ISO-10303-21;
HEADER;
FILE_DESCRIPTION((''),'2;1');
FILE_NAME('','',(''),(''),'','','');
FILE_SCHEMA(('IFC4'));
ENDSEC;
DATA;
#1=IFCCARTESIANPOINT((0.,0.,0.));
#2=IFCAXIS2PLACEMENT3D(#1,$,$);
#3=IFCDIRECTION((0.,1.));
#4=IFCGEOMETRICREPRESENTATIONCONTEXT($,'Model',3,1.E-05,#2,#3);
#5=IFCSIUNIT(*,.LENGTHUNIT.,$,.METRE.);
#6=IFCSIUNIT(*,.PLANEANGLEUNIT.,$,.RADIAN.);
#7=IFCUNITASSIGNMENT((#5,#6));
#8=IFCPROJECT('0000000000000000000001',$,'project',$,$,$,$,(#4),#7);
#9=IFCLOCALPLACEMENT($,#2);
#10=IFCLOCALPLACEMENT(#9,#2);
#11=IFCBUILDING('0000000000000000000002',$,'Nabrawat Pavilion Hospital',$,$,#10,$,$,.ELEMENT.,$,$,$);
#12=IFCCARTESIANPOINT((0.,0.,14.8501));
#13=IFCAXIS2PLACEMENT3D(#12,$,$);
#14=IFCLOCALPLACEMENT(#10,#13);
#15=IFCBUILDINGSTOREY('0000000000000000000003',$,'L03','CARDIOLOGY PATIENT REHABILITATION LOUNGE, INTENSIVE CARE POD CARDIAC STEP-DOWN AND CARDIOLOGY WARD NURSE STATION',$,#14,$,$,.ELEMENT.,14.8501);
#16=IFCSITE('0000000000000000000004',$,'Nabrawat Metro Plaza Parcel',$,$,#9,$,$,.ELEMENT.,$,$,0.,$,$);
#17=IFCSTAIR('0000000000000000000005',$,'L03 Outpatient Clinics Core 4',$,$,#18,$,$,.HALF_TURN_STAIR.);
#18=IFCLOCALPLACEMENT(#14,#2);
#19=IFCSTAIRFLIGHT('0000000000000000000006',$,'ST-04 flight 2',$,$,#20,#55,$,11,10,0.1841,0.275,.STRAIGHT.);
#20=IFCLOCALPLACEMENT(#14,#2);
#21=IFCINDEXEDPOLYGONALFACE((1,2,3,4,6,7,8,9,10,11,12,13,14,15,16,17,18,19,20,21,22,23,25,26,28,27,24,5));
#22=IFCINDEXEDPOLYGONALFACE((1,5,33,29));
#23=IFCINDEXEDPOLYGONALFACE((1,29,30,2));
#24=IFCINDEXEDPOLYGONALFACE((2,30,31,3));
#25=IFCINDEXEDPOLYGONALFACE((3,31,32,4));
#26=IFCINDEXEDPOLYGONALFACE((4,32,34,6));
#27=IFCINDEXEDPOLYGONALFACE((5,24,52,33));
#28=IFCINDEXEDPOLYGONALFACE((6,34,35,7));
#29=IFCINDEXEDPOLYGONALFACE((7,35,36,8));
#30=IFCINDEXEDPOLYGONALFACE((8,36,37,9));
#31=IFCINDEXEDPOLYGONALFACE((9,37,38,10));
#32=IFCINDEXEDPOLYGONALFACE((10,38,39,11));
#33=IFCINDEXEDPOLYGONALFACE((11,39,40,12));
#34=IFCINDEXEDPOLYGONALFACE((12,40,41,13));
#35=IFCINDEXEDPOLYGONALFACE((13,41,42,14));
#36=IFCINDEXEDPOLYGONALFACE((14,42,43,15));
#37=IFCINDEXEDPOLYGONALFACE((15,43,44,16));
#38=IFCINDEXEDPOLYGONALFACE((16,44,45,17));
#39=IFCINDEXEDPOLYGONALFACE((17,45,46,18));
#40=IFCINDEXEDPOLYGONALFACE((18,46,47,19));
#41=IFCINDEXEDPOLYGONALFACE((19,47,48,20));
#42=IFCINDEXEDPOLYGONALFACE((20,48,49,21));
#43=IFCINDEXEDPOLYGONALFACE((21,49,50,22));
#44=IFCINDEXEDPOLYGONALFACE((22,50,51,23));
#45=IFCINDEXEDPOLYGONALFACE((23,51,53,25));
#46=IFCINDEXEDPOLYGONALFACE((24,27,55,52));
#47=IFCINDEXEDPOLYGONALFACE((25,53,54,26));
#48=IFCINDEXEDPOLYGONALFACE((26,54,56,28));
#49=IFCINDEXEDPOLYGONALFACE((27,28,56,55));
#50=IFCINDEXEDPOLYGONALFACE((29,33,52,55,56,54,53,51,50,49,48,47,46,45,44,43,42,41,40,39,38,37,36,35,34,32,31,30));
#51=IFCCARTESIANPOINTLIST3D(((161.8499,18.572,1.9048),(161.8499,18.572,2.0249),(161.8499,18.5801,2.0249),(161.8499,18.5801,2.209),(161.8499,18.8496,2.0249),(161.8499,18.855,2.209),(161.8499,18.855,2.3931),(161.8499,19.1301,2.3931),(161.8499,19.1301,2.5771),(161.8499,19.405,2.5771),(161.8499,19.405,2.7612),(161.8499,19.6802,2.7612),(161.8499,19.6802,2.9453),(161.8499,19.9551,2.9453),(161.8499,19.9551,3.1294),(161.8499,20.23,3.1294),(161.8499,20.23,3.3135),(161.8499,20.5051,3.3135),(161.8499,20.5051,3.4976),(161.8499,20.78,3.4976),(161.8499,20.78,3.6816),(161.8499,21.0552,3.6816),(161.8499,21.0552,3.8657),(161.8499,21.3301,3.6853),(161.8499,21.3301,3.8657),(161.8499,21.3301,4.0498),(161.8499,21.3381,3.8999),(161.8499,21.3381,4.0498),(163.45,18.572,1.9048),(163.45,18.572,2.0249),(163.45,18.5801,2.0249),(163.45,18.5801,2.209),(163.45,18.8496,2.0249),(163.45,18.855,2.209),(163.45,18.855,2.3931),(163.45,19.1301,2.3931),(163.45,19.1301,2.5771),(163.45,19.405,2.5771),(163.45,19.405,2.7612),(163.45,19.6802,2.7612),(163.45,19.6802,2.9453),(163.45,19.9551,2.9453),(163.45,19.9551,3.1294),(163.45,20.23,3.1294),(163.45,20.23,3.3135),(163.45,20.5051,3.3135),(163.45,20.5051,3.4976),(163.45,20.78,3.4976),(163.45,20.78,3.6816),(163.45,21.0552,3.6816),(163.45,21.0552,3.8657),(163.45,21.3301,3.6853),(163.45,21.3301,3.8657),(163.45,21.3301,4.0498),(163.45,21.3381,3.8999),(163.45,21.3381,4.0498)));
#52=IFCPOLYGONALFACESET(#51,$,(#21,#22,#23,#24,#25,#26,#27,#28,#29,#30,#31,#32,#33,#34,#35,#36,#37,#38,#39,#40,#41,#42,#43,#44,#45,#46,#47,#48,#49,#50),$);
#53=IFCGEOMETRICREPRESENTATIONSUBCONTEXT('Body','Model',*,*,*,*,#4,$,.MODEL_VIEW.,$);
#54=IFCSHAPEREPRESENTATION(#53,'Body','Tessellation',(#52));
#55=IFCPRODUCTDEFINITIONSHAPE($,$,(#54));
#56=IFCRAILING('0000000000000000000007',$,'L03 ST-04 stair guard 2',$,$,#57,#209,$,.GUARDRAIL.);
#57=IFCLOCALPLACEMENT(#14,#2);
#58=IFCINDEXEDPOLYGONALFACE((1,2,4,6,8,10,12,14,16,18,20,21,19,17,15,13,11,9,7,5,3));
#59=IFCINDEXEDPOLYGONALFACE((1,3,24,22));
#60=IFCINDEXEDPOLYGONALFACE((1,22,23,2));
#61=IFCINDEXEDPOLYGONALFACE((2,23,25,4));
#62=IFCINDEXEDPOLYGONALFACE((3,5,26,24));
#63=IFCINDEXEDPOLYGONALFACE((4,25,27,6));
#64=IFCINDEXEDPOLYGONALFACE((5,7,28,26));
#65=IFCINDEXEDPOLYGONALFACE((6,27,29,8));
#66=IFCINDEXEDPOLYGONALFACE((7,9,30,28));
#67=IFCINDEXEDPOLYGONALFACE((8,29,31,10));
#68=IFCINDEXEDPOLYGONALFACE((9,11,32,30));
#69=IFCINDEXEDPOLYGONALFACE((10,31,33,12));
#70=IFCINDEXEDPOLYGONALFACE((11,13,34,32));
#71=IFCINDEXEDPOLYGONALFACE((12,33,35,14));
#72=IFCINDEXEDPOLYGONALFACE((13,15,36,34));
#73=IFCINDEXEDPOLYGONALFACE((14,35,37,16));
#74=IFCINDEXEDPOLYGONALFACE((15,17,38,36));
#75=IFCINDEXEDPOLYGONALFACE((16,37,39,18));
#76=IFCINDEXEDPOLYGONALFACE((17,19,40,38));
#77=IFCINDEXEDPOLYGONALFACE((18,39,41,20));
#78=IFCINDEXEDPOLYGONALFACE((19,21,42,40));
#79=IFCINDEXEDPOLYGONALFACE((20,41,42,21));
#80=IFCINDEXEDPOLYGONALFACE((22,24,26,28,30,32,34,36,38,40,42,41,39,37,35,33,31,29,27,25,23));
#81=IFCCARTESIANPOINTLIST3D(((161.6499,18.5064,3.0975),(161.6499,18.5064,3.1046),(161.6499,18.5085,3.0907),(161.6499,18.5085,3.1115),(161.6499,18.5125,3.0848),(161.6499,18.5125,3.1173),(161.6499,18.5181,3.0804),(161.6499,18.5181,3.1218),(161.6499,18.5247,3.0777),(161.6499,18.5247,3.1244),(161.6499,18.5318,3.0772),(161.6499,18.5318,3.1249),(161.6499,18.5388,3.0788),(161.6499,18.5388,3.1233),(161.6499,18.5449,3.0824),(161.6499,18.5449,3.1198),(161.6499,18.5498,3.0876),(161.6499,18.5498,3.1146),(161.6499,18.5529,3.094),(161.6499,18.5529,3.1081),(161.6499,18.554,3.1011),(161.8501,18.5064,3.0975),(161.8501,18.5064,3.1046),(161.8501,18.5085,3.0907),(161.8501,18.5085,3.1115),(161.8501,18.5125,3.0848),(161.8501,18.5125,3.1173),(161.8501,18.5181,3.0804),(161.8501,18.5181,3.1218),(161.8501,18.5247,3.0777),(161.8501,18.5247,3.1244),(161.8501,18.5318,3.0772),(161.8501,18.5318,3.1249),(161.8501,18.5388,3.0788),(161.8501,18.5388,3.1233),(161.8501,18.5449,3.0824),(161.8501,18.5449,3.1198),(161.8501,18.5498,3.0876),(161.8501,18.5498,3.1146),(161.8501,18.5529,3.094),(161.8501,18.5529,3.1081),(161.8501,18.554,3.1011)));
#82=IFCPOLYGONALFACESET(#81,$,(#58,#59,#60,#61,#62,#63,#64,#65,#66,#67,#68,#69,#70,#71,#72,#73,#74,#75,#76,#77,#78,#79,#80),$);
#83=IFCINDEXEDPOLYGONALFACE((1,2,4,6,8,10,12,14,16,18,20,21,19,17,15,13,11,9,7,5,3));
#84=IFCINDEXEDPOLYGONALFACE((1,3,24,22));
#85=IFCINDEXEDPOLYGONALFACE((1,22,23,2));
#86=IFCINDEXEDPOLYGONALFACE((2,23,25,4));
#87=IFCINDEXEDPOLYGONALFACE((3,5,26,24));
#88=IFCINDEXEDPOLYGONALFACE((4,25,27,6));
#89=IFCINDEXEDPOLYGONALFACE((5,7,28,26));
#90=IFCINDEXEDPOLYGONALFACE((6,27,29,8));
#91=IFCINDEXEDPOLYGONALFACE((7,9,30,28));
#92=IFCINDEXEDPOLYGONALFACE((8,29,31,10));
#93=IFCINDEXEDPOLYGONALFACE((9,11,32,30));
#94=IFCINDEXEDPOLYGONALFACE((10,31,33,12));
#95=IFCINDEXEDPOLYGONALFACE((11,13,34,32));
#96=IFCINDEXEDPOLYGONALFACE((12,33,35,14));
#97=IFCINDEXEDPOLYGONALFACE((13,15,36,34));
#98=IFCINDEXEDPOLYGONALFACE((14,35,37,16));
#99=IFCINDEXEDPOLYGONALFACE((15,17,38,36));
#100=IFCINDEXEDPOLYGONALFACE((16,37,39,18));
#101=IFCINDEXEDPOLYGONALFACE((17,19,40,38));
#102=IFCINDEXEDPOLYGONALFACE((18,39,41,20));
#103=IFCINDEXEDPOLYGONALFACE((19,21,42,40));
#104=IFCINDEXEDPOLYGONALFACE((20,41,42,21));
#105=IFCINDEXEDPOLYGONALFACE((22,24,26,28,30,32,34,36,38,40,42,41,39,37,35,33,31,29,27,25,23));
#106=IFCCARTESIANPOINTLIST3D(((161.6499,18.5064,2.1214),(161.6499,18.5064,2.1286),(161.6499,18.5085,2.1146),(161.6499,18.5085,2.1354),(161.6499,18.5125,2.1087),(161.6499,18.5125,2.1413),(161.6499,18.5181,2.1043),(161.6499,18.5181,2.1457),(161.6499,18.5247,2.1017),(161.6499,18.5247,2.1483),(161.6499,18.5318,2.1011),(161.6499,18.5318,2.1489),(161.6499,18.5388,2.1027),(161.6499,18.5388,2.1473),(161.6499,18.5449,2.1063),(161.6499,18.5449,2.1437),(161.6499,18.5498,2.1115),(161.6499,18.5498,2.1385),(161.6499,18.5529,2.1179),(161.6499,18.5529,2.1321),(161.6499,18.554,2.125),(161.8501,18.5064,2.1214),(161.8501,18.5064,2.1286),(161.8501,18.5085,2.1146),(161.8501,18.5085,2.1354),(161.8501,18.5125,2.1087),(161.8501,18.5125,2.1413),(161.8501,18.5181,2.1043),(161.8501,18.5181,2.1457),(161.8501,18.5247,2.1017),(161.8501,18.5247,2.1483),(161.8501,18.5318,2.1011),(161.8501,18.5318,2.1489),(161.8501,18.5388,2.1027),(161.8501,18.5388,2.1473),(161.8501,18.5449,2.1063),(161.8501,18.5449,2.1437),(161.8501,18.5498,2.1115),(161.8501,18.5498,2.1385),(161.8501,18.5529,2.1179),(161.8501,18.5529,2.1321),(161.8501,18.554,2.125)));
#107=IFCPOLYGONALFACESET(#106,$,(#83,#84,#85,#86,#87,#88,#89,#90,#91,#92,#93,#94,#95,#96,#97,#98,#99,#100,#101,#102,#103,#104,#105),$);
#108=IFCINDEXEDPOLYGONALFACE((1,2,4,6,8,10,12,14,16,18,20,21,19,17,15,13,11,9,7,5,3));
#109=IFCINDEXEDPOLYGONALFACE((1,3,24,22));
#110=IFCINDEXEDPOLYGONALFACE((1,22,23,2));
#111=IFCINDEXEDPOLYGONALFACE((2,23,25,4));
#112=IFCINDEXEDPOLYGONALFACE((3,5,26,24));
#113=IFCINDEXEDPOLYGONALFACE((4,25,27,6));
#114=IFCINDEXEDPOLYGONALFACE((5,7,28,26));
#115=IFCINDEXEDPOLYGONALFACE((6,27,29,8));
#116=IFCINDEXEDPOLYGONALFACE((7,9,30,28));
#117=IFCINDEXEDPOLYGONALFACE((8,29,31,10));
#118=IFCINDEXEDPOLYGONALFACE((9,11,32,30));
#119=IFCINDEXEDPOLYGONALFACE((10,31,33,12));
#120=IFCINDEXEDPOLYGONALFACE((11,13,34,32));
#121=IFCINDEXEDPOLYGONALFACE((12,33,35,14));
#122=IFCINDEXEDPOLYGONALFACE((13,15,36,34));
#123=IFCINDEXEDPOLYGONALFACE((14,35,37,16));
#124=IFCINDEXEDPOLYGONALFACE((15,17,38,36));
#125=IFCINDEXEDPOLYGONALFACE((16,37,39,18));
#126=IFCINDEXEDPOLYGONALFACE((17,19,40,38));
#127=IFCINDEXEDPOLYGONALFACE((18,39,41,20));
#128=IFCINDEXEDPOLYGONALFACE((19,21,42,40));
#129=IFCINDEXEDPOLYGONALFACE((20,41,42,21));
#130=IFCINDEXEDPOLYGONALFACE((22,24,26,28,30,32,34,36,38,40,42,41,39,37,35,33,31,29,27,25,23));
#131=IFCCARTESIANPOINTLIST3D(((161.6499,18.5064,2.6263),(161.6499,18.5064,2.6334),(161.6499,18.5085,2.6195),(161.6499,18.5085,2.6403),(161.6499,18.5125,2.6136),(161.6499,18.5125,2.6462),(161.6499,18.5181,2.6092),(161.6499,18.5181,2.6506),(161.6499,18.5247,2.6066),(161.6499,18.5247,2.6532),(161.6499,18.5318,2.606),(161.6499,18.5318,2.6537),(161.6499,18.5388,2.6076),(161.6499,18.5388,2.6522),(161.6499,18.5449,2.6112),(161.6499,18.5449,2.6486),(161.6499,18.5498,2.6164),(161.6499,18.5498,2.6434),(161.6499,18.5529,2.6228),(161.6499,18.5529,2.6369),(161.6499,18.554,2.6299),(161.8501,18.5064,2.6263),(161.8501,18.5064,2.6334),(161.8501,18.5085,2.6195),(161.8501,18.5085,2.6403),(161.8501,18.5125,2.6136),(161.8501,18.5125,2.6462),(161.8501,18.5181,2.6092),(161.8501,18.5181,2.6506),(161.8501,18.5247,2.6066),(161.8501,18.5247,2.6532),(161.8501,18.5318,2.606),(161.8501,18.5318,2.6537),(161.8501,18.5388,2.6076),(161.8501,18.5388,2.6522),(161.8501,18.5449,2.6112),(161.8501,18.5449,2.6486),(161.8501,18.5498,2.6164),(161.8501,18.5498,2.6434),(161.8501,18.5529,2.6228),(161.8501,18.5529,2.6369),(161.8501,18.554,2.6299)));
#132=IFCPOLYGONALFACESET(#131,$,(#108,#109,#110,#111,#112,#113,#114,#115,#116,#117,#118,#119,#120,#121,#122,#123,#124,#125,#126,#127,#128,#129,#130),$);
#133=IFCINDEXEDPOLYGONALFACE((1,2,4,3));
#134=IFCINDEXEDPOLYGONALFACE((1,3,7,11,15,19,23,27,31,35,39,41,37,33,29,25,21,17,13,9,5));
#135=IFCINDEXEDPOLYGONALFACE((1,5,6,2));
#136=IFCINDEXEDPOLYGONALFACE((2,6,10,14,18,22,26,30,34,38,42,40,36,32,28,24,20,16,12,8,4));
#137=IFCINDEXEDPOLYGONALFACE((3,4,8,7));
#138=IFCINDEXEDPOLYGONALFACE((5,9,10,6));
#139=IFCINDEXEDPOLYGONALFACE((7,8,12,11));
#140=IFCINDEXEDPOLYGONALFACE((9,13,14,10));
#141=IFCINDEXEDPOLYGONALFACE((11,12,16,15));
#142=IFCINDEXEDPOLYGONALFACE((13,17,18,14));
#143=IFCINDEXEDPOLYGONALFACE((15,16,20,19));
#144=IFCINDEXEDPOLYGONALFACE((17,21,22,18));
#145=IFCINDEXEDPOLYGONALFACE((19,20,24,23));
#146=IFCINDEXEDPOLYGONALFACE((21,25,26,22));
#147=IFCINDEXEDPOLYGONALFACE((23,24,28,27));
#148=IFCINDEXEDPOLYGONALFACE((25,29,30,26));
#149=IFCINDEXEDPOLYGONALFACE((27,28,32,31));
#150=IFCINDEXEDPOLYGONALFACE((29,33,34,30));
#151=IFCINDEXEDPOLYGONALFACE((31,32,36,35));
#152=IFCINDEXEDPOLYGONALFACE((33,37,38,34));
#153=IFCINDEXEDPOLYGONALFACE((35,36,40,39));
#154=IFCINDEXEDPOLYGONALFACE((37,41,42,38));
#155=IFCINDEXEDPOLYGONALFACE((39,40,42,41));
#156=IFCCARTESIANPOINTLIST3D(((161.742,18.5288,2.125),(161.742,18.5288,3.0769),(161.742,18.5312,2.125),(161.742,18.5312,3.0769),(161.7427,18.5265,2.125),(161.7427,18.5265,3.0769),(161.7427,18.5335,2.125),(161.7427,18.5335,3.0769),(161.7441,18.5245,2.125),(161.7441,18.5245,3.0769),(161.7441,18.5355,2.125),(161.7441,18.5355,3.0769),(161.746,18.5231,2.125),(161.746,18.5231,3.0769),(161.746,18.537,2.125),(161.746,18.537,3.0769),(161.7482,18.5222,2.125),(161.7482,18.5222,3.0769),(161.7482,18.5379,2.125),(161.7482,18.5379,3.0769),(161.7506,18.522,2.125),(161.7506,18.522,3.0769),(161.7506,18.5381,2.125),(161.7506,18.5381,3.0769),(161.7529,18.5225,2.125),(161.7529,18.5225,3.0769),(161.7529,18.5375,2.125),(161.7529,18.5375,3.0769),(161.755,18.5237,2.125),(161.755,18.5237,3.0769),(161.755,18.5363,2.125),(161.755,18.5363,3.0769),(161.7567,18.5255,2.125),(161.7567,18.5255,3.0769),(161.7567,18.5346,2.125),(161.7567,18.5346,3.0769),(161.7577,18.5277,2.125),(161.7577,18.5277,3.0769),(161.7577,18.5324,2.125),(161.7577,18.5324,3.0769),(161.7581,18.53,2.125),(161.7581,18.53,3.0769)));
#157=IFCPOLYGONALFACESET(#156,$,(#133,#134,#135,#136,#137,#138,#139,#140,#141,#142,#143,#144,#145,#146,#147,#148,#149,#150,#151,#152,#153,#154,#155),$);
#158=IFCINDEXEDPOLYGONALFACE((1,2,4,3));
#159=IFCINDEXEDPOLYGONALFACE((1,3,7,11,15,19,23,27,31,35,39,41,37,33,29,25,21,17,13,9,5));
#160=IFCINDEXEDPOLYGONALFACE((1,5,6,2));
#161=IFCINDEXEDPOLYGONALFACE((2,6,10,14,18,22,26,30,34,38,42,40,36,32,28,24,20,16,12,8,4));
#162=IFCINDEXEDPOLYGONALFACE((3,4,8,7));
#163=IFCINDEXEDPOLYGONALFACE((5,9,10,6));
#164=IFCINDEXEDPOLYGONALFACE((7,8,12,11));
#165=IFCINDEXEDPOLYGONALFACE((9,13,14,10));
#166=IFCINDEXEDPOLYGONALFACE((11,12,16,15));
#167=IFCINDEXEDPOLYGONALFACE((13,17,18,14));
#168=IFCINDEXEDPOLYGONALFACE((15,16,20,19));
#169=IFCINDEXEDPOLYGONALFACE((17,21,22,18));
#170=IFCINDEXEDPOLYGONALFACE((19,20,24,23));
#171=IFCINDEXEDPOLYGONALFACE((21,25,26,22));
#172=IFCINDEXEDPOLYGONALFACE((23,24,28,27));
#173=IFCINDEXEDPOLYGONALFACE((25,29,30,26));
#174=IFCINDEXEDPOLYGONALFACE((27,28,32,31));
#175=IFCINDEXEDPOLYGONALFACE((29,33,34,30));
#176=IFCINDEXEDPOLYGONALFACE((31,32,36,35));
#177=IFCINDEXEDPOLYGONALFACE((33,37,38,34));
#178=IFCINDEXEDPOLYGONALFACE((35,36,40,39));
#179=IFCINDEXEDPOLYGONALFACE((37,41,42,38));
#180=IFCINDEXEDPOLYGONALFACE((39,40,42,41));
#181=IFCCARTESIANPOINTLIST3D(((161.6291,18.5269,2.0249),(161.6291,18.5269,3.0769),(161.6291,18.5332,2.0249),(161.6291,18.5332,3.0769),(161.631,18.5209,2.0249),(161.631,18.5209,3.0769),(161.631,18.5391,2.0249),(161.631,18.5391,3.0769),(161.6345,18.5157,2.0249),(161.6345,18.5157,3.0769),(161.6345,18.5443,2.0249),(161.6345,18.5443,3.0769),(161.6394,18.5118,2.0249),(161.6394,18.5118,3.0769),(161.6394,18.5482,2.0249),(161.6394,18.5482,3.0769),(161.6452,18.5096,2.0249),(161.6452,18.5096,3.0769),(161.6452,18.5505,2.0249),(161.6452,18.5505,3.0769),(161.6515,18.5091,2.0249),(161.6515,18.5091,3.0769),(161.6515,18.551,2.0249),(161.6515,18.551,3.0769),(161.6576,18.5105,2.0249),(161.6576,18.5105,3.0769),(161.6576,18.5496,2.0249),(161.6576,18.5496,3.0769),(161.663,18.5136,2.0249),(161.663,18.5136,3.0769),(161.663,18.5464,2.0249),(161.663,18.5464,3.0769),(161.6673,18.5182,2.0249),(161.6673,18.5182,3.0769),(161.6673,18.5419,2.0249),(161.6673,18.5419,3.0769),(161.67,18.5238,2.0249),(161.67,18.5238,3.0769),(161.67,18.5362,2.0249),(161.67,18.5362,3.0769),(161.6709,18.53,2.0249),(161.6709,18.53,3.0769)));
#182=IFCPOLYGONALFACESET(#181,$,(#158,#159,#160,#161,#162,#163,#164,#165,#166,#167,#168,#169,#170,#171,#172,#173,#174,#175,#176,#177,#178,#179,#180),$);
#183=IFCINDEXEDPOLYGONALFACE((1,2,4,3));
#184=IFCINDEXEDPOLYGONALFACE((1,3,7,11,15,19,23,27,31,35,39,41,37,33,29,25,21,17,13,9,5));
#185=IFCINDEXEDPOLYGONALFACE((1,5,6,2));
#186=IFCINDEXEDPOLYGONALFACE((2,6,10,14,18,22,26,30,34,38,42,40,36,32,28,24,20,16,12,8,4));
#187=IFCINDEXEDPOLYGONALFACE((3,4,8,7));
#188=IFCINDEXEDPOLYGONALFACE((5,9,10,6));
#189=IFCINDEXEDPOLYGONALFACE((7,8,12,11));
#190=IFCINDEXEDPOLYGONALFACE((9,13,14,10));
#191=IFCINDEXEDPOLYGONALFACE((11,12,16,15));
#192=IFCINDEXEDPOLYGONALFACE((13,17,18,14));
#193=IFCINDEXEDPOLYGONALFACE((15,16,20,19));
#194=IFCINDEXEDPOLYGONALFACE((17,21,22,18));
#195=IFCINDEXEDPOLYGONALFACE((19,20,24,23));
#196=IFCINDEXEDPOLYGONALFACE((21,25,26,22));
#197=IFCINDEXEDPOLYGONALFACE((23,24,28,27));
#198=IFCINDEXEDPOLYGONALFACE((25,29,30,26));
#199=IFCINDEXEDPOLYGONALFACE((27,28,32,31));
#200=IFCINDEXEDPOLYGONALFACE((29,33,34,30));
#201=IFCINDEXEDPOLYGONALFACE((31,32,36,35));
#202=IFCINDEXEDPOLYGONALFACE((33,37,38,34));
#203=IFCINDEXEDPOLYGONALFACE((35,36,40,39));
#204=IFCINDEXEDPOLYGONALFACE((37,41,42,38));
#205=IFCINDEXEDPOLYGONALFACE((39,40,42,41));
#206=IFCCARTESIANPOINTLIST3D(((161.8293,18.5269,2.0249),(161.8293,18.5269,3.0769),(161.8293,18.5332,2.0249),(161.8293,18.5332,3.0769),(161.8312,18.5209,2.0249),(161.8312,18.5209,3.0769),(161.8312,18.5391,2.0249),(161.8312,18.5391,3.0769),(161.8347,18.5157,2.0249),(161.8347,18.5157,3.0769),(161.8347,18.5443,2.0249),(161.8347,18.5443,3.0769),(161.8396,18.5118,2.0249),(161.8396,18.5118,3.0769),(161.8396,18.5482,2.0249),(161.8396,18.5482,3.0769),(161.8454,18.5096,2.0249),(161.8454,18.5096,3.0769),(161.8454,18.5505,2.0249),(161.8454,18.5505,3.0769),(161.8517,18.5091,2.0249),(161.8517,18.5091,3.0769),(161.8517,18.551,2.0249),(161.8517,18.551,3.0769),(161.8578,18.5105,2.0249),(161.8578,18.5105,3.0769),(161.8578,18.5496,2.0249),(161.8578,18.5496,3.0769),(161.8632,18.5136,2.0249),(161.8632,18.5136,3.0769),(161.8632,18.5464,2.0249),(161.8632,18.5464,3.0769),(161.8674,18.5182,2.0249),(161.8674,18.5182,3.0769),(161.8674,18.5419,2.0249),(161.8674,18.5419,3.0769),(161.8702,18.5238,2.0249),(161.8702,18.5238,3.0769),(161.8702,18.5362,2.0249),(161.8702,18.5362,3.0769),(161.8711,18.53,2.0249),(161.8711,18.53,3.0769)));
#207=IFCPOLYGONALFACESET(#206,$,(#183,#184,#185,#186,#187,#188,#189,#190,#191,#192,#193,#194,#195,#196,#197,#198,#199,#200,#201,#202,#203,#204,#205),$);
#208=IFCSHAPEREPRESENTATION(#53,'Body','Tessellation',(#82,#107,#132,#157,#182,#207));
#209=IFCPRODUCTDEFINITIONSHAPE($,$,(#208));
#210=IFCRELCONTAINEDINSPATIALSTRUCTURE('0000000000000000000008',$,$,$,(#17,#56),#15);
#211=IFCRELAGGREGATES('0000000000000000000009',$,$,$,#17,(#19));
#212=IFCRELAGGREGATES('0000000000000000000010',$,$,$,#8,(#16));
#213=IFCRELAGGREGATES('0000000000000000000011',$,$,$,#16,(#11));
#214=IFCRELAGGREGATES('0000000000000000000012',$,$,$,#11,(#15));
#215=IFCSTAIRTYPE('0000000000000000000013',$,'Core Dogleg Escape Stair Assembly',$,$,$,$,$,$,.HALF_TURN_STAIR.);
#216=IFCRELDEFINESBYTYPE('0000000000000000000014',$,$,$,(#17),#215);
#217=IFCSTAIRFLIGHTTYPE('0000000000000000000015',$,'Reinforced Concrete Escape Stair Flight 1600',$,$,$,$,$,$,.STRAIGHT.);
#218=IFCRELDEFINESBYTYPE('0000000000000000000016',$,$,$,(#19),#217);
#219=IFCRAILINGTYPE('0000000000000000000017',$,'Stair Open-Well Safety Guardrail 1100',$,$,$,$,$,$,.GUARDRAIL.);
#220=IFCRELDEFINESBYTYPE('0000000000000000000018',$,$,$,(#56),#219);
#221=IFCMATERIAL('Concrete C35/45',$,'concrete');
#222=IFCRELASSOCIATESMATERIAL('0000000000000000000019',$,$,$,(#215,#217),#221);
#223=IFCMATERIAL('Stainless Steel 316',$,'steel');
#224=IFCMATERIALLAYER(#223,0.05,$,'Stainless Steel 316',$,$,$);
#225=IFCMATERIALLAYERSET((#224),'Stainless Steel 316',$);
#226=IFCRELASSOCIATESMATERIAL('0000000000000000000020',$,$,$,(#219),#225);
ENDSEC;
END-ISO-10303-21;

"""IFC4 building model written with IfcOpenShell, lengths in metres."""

from ifc_helpers import new_model, si_unit, direction, frame, origin, origin_2d, place, context, subcontext, project, spatial, polyline, circle, outline, extrude, material, layer, layer_set, type_object, element, aggregate, save


model = new_model("IFC4")

# Units and contexts
model_context = context("Model", 3, precision=1e-05, world=origin(), true_north=direction((0.0, 1.0)))
body_context = subcontext(model_context, "Body", "Model", "MODEL_VIEW")
ifc_project = project(units=[si_unit("LENGTHUNIT", "METRE"), si_unit("PLANEANGLEUNIT", "RADIAN")], contexts=[model_context])

# Site, building, storey
site_placement = place(None, origin())
site = spatial("IfcSite", under=ifc_project, at=site_placement, Name="Nabrawat Metro Plaza Parcel", CompositionType="ELEMENT", RefElevation=0.0)
building_placement = place(site_placement, origin())
building = spatial("IfcBuilding", under=site, at=building_placement, Name="Nabrawat Pavilion Hospital", CompositionType="ELEMENT")
storey_placement = place(building_placement, frame((0.0, 0.0, 14.8501)))
storey = spatial("IfcBuildingStorey", under=building, at=storey_placement, Name="L03", Description="CARDIOLOGY PATIENT REHABILITATION LOUNGE, INTENSIVE CARE POD CARDIAC STEP-DOWN AND CARDIOLOGY WARD NURSE STATION", CompositionType="ELEMENT", Elevation=14.8501)

# Shared definitions
ifc_material_1 = material(Name="Concrete C35/45", Category="concrete")

# Stair, stair flight
stair_type = type_object("IfcStairType", Name="Core Dogleg Escape Stair Assembly", PredefinedType="HALF_TURN_STAIR", material=ifc_material_1)
stair_placement = place(storey_placement, origin())
stair = element("IfcStair", 1, at=stair_placement, inside=storey, type_object=stair_type, Name="L03 Outpatient Clinics Core 4", PredefinedType="HALF_TURN_STAIR")
stair_flight_type = type_object("IfcStairFlightType", Name="Reinforced Concrete Escape Stair Flight 1600", PredefinedType="STRAIGHT", material=ifc_material_1)
stair_flight_1_placement = place(storey_placement, frame((162.6499, 18.5801, 2.0249), z_axis=(0.0, 0.0, 1.0), x_axis=(0.0, 1.0, 0.0)))
stair_flight_1 = element("IfcStairFlight", 2, at=stair_flight_1_placement, type_object=stair_flight_type, Name="ST-04 flight 2", NumberOfRisers=11, NumberOfTreads=10, PredefinedType="STRAIGHT", RiserHeight=0.1841, TreadLength=0.275, context=body_context, shape_type="SweptSolid", body=[
    extrude(outline(polyline([(-0.0081, 0.0), (0.0, 0.0), (0.0, 0.1841), (0.2749, 0.1841), (0.2749, 0.3682), (0.55, 0.3682), (0.55, 0.5522), (0.825, 0.5522), (0.825, 0.7363), (1.1001, 0.7363), (1.1001, 0.9204), (1.375, 0.9204), (1.375, 1.1045), (1.6499, 1.1045), (1.6499, 1.2886), (1.925, 1.2886), (1.925, 1.4727), (2.2, 1.4727), (2.2, 1.6567), (2.4751, 1.6567), (2.4751, 1.8408), (2.75, 1.8408), (2.75, 2.0249), (2.7581, 2.0249), (2.7581, 1.875), (2.75, 1.6604), (0.2695, 0.0), (-0.0081, -0.1201), (-0.0081, 0.0)])), frame((0.0, 0.8, 0.0), z_axis=(0.0, -1.0, 0.0), x_axis=(1.0, 0.0, 0.0)), (0.0, 0.0, 1.0), 1.6001),
])
aggregate(stair, [stair_flight_1])

# Railing
ifc_material_2 = material(Name="Stainless Steel 316", Category="steel")
ifc_layer_1 = layer(ifc_material_2, 0.05, Name="Stainless Steel 316")
ifc_layer_set_1 = layer_set([ifc_layer_1], Name="Stainless Steel 316")
railing_type_1 = type_object("IfcRailingType", Name="Stair Open-Well Safety Guardrail 1100", PredefinedType="GUARDRAIL", material=ifc_layer_set_1)
railing_1_placement = place(storey_placement, frame((161.6499, 18.53, 2.0249)))
element("IfcRailing", 3, at=railing_1_placement, inside=storey, type_object=railing_type_1, Name="L03 ST-04 stair guard 2", PredefinedType="GUARDRAIL", context=body_context, shape_type="SweptSolid", body=[
    extrude(circle(Radius=0.0239, at=origin_2d()), frame((0.0, 0.0, 1.0762), z_axis=(1.0, 0.0, 0.0), x_axis=(0.0, 1.0, 0.0)), (0.0, 0.0, 1.0), 0.2002),
    extrude(circle(Radius=0.0239, at=origin_2d()), frame((0.0, 0.0, 0.1001), z_axis=(1.0, 0.0, 0.0), x_axis=(0.0, 1.0, 0.0)), (0.0, 0.0, 1.0), 0.2002),
    extrude(circle(Radius=0.0239, at=origin_2d()), frame((0.0, 0.0, 0.605), z_axis=(1.0, 0.0, 0.0), x_axis=(0.0, 1.0, 0.0)), (0.0, 0.0, 1.0), 0.2002),
    extrude(circle(Radius=0.0081, at=origin_2d()), frame((0.1001, 0.0, 0.1001)), (0.0, 0.0, 1.0), 0.9519),
    extrude(circle(Radius=0.021, at=origin_2d()), origin(), (0.0, 0.0, 1.0), 1.052),
    extrude(circle(Radius=0.021, at=origin_2d()), frame((0.2002, 0.0, 0.0)), (0.0, 0.0, 1.0), 1.052),
])

save(model, "model.ifc")
